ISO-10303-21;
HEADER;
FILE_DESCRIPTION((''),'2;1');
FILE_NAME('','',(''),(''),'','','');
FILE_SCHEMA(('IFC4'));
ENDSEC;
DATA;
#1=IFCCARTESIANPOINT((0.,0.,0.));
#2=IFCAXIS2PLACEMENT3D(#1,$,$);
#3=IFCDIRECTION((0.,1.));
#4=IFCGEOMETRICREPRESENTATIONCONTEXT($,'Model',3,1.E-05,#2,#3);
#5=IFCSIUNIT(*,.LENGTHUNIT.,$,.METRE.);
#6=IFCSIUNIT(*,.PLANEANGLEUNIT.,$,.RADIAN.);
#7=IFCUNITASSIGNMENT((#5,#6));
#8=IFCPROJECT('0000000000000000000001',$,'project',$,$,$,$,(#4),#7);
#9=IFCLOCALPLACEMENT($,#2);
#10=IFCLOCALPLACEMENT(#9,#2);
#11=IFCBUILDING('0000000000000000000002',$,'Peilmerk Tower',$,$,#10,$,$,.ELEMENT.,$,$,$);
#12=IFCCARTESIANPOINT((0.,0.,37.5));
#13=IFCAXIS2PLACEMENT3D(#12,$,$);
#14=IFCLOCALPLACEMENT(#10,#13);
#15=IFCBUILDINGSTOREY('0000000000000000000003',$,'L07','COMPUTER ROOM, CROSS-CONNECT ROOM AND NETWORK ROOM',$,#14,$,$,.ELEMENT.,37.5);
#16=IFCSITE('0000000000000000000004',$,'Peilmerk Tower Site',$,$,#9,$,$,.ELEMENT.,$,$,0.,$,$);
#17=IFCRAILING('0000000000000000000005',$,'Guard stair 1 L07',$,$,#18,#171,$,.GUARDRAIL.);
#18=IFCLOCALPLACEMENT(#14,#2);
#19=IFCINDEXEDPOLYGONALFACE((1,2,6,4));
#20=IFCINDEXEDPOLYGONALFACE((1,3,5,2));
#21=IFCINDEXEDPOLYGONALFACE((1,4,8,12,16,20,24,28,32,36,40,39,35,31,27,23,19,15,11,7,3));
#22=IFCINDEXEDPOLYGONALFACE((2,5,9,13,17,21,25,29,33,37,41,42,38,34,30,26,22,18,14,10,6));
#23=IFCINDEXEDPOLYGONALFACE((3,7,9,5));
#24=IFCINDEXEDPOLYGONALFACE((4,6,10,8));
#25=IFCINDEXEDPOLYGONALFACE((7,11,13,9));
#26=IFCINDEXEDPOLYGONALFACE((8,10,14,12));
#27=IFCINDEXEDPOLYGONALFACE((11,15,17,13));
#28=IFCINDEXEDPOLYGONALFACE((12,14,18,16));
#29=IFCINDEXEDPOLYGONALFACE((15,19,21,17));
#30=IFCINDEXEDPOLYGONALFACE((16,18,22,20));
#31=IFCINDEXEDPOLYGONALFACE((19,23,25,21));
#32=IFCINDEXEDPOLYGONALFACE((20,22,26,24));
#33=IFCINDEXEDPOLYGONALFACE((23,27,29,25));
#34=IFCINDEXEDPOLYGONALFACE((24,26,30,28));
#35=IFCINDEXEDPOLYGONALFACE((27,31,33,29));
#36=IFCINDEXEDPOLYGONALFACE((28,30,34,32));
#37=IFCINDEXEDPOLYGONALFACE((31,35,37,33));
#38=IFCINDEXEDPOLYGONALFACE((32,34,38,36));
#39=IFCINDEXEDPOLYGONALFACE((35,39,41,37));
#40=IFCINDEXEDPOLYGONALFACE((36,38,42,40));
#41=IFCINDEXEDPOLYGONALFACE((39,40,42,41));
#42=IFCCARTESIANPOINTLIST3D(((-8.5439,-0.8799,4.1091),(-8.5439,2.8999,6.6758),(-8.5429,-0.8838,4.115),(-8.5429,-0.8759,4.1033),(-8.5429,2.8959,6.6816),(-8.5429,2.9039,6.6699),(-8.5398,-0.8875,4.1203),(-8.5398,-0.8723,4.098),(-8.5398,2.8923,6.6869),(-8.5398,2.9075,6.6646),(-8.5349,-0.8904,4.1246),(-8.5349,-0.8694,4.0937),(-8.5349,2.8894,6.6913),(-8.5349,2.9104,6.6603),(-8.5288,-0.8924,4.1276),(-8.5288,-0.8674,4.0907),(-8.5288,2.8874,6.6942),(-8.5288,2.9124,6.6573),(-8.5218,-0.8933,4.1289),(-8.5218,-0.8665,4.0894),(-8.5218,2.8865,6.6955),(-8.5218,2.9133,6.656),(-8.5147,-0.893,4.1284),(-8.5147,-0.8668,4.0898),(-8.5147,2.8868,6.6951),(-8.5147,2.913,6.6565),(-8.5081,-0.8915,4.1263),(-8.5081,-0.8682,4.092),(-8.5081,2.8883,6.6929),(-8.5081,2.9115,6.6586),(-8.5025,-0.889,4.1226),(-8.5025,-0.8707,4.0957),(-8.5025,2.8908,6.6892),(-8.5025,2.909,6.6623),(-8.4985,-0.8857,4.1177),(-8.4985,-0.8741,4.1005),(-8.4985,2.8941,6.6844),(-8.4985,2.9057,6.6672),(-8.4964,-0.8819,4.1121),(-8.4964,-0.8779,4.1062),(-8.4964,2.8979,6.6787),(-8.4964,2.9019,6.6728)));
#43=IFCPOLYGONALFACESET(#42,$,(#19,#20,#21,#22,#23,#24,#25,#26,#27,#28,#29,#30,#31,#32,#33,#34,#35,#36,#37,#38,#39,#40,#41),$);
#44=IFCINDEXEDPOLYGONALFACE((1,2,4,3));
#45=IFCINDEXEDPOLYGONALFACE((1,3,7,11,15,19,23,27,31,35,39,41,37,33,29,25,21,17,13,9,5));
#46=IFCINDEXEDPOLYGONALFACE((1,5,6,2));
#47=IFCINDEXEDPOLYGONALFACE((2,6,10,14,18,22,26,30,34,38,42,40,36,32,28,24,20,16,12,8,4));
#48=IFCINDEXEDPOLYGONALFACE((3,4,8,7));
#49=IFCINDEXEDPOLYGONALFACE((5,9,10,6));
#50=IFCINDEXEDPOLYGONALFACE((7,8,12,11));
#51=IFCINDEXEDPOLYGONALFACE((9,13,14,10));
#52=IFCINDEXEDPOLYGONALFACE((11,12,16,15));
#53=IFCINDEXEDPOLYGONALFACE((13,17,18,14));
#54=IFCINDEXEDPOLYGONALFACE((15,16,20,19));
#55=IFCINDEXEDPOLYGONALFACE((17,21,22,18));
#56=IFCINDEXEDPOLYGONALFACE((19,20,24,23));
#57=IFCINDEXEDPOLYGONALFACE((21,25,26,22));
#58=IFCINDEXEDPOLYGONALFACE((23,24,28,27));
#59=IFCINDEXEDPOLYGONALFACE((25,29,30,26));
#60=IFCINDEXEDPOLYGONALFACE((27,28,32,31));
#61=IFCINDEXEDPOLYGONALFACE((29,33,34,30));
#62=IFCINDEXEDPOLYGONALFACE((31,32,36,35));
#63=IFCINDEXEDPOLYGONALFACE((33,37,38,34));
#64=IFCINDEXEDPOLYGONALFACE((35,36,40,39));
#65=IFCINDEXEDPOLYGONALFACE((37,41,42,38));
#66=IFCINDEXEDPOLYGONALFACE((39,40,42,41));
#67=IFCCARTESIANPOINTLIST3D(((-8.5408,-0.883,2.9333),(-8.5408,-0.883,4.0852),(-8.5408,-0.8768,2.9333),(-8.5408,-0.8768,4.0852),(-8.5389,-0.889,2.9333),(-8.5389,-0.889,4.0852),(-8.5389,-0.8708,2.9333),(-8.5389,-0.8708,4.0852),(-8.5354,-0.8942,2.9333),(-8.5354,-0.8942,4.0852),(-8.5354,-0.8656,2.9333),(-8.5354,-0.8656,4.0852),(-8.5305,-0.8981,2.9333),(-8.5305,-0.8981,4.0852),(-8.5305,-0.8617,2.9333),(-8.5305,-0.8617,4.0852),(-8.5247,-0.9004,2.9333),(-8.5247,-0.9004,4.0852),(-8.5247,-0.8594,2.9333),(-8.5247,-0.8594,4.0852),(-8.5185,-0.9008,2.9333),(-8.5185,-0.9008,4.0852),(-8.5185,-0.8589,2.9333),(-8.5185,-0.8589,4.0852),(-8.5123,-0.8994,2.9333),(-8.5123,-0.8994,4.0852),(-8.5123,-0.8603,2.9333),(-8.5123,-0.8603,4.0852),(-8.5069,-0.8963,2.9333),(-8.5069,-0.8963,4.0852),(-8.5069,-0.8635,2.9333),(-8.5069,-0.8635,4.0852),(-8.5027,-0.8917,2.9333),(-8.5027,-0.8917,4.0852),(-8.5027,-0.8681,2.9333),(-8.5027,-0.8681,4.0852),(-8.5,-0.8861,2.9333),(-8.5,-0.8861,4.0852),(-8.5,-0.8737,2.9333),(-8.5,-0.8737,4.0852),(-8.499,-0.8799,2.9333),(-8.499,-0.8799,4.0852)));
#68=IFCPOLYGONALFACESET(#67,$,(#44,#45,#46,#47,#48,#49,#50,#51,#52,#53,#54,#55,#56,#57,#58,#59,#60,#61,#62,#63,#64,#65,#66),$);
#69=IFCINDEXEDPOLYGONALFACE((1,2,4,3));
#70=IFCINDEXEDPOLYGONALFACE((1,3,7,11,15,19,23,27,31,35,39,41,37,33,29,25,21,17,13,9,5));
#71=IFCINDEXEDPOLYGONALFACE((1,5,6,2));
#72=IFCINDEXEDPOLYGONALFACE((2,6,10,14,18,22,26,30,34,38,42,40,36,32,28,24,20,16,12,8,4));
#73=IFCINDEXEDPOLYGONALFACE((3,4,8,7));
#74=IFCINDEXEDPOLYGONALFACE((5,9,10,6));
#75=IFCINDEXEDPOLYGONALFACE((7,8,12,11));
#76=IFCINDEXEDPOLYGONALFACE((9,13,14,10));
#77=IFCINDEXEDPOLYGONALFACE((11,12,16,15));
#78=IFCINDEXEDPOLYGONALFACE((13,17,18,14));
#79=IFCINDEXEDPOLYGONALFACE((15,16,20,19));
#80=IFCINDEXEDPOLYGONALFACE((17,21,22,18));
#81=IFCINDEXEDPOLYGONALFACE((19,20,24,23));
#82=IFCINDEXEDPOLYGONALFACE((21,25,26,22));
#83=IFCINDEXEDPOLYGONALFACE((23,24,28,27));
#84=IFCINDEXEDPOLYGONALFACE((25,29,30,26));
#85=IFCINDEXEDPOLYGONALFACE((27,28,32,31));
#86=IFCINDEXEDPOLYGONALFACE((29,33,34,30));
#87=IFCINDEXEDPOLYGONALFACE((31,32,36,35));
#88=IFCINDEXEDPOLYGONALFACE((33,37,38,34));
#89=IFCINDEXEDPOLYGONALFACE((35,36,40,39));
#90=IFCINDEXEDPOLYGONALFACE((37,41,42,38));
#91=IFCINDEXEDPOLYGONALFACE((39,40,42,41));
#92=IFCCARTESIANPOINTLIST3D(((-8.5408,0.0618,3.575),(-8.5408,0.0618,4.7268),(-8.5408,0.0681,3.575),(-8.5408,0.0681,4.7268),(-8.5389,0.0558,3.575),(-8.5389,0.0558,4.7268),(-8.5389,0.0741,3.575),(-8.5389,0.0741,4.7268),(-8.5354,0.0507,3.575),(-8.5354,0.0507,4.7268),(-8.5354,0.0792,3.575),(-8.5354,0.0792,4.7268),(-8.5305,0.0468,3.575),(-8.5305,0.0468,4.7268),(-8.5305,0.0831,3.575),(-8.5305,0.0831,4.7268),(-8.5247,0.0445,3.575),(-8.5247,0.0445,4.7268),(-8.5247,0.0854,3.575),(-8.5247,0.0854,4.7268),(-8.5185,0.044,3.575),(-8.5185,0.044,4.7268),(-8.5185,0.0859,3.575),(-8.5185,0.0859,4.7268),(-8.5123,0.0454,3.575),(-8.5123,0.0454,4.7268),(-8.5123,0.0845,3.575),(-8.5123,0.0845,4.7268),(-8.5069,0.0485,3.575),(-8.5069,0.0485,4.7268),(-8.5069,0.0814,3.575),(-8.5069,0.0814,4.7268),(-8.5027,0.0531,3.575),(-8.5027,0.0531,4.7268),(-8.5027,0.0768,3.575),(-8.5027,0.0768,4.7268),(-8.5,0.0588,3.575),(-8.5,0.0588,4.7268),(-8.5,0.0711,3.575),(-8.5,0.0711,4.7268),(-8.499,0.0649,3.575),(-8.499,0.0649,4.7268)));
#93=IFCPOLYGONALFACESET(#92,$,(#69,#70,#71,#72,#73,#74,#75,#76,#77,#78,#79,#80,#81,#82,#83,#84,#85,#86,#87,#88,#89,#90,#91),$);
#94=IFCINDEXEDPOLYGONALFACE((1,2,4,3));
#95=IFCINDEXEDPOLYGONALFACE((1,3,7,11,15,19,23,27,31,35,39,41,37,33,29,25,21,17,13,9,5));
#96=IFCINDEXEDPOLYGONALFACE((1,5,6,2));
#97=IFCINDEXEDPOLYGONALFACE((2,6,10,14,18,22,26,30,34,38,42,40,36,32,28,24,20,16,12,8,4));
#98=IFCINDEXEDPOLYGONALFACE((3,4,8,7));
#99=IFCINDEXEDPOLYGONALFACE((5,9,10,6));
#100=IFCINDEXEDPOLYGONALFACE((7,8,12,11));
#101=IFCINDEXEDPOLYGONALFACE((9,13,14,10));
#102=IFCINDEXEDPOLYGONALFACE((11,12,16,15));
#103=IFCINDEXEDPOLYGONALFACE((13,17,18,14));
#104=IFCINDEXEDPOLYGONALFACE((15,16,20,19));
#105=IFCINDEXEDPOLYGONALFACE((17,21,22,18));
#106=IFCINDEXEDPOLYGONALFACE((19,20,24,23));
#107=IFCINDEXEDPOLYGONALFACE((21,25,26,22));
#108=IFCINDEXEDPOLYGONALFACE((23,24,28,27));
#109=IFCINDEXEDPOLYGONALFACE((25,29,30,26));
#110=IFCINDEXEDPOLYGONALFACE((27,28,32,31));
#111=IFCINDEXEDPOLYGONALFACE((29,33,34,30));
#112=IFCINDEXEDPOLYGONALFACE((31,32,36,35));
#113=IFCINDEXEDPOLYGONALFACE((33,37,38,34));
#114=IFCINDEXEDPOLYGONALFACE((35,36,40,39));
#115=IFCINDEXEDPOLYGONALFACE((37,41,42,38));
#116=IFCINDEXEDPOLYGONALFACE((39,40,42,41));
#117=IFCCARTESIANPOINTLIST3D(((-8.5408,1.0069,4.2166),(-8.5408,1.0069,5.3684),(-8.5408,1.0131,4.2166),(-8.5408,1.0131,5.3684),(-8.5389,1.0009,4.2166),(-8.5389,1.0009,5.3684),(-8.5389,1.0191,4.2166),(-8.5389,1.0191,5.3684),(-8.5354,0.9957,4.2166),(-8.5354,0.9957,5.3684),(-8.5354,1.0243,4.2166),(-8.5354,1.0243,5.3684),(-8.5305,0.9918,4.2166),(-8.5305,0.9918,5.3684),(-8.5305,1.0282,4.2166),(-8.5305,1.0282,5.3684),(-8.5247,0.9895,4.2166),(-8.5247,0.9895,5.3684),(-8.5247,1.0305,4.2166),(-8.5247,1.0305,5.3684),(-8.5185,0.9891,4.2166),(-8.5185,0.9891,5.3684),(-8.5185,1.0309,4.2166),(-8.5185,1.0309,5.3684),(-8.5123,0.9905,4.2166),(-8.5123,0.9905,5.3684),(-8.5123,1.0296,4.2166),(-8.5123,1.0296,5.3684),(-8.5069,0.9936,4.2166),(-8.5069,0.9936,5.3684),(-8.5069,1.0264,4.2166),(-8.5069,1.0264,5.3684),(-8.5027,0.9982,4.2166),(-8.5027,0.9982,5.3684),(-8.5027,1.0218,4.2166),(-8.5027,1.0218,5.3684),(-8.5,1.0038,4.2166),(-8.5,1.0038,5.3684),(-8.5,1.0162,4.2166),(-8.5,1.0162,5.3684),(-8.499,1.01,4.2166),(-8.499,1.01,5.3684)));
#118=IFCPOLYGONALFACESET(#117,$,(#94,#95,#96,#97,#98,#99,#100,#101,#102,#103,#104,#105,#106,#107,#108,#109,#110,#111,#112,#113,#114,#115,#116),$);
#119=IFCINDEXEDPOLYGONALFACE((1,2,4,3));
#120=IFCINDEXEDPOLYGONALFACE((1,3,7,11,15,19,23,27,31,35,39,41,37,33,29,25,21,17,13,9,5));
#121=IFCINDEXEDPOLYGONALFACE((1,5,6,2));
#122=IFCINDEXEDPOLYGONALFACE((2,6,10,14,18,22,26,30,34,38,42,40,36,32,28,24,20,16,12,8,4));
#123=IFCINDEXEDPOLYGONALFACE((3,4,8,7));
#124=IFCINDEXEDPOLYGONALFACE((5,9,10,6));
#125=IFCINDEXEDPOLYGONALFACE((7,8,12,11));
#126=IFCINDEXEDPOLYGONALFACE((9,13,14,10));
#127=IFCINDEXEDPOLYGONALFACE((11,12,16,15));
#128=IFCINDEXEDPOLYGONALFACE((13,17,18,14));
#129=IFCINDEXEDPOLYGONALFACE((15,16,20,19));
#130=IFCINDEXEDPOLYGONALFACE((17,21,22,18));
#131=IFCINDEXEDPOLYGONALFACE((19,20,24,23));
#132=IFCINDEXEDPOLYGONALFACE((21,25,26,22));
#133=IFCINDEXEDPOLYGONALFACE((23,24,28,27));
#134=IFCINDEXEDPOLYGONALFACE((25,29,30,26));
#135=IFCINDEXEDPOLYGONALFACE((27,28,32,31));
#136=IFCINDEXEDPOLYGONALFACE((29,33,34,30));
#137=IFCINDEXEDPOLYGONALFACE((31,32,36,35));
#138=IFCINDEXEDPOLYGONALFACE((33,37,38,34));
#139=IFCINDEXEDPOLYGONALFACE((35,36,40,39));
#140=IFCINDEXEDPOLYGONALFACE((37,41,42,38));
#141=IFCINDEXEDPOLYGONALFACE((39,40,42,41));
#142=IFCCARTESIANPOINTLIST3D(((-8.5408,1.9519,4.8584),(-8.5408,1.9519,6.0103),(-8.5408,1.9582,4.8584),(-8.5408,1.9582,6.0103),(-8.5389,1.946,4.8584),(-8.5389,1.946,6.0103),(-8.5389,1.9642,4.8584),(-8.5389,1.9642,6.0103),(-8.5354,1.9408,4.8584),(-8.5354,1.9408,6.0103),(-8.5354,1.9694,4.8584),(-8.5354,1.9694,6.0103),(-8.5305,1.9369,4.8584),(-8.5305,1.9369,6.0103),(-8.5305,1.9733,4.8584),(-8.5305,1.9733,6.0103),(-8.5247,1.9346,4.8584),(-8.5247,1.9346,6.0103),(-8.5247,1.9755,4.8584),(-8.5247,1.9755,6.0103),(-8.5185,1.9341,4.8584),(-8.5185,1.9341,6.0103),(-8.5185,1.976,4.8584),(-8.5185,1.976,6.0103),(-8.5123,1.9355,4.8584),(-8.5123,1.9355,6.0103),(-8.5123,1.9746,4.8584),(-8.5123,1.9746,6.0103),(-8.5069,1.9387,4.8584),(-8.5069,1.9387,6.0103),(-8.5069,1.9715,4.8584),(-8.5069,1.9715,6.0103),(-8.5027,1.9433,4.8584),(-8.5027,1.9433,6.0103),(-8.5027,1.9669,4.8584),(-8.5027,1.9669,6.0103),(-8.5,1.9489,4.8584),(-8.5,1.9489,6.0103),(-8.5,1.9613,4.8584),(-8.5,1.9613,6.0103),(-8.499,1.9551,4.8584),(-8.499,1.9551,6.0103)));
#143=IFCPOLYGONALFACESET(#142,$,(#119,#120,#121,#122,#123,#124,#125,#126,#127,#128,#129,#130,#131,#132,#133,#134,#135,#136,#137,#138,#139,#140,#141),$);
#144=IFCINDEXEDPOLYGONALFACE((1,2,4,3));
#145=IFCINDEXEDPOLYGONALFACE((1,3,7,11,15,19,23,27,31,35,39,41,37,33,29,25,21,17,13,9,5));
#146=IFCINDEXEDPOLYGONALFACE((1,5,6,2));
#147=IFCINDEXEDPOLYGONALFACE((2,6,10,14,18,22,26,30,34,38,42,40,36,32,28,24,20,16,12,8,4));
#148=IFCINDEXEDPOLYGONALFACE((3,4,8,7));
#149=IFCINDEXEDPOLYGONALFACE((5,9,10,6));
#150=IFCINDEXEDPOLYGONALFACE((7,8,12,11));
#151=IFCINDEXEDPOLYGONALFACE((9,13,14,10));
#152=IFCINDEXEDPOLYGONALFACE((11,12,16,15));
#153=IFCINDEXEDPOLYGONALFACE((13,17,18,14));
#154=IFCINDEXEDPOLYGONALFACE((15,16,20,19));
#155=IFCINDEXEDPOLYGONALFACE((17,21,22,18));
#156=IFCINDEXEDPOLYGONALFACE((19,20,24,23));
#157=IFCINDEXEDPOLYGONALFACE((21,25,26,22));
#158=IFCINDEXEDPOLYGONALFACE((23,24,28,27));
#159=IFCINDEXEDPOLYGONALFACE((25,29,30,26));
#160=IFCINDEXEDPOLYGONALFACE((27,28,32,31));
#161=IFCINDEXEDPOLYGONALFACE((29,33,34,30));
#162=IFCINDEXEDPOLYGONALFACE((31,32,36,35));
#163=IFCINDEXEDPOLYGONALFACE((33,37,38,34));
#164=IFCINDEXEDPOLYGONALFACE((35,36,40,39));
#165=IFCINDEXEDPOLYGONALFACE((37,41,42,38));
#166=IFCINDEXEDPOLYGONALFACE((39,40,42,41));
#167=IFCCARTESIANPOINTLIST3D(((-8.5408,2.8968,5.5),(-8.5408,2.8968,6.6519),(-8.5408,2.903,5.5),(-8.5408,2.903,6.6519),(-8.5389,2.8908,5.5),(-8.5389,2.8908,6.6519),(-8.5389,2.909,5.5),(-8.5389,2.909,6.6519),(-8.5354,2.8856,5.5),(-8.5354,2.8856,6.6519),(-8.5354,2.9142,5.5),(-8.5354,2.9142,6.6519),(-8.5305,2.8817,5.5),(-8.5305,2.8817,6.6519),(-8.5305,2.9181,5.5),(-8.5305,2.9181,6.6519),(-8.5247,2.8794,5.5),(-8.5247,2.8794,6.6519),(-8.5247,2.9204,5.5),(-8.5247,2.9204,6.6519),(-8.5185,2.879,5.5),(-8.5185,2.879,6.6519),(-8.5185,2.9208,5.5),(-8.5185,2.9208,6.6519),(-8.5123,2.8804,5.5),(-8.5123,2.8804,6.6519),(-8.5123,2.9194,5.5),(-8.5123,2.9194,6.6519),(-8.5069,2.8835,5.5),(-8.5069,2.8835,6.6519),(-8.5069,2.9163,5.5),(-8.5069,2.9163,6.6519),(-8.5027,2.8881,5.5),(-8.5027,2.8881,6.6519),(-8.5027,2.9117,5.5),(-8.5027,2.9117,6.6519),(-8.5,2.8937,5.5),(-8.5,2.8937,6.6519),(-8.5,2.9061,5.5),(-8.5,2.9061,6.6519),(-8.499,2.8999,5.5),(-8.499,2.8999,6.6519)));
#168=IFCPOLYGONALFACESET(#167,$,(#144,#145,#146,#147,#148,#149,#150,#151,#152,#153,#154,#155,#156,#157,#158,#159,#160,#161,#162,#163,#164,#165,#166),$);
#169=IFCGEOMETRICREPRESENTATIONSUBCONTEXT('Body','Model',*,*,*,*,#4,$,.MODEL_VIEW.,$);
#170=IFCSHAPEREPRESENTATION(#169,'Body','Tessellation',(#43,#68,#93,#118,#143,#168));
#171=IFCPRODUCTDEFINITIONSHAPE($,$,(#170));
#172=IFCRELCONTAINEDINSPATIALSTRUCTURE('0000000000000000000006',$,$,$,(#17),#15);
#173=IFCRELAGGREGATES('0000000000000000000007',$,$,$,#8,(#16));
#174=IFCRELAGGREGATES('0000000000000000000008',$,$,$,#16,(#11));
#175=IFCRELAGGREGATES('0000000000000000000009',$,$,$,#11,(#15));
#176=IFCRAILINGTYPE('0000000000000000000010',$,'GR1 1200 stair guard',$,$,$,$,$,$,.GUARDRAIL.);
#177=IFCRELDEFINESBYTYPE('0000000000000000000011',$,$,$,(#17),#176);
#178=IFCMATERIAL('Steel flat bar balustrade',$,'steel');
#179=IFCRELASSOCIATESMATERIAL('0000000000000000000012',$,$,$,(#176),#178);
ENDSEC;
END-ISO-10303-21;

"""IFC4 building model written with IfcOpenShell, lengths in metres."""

from ifc_helpers import new_model, si_unit, direction, frame, origin, origin_2d, place, context, subcontext, project, spatial, circle, extrude, material, type_object, element, save


model = new_model("IFC4")

# Units and contexts
model_context = context("Model", 3, precision=1e-05, world=origin(), true_north=direction((0.0, 1.0)))
body_context = subcontext(model_context, "Body", "Model", "MODEL_VIEW")
ifc_project = project(units=[si_unit("LENGTHUNIT", "METRE"), si_unit("PLANEANGLEUNIT", "RADIAN")], contexts=[model_context])

# Site, building, storey
site_placement = place(None, origin())
site = spatial("IfcSite", under=ifc_project, at=site_placement, Name="Peilmerk Tower Site", CompositionType="ELEMENT", RefElevation=0.0)
building_placement = place(site_placement, origin())
building = spatial("IfcBuilding", under=site, at=building_placement, Name="Peilmerk Tower", CompositionType="ELEMENT")
storey_placement = place(building_placement, frame((0.0, 0.0, 37.5)))
storey = spatial("IfcBuildingStorey", under=building, at=storey_placement, Name="L07", Description="COMPUTER ROOM, CROSS-CONNECT ROOM AND NETWORK ROOM", CompositionType="ELEMENT", Elevation=37.5)

# Railing
ifc_material_1 = material(Name="Steel flat bar balustrade", Category="steel")
railing_type_1 = type_object("IfcRailingType", Name="GR1 1200 stair guard", PredefinedType="GUARDRAIL", material=ifc_material_1)
railing_1_placement = place(storey_placement, frame((-8.52, -0.8799, 2.9333)))
element("IfcRailing", 1, at=railing_1_placement, inside=storey, type_object=railing_type_1, Name="Guard stair 1 L07", PredefinedType="GUARDRAIL", context=body_context, shape_type="SweptSolid", body=[
    extrude(circle(Radius=0.0239, at=origin_2d()), frame((0.0, 0.0, 1.1758), z_axis=(0.0, 0.827293, 0.561771), x_axis=(-1.0, 0.0, 0.0)), (0.0, 0.0, 1.0), 4.5688),
    extrude(circle(Radius=0.021, at=origin_2d()), origin(), (0.0, 0.0, 1.0), 1.1519),
    extrude(circle(Radius=0.021, at=origin_2d()), frame((0.0, 0.9448, 0.6416)), (0.0, 0.0, 1.0), 1.1519),
    extrude(circle(Radius=0.021, at=origin_2d()), frame((0.0, 1.8899, 1.2832)), (0.0, 0.0, 1.0), 1.1519),
    extrude(circle(Radius=0.021, at=origin_2d()), frame((0.0, 2.835, 1.925)), (0.0, 0.0, 1.0), 1.1519),
    extrude(circle(Radius=0.021, at=origin_2d()), frame((0.0, 3.7798, 2.5667)), (0.0, 0.0, 1.0), 1.1519),
])

save(model, "model.ifc")
